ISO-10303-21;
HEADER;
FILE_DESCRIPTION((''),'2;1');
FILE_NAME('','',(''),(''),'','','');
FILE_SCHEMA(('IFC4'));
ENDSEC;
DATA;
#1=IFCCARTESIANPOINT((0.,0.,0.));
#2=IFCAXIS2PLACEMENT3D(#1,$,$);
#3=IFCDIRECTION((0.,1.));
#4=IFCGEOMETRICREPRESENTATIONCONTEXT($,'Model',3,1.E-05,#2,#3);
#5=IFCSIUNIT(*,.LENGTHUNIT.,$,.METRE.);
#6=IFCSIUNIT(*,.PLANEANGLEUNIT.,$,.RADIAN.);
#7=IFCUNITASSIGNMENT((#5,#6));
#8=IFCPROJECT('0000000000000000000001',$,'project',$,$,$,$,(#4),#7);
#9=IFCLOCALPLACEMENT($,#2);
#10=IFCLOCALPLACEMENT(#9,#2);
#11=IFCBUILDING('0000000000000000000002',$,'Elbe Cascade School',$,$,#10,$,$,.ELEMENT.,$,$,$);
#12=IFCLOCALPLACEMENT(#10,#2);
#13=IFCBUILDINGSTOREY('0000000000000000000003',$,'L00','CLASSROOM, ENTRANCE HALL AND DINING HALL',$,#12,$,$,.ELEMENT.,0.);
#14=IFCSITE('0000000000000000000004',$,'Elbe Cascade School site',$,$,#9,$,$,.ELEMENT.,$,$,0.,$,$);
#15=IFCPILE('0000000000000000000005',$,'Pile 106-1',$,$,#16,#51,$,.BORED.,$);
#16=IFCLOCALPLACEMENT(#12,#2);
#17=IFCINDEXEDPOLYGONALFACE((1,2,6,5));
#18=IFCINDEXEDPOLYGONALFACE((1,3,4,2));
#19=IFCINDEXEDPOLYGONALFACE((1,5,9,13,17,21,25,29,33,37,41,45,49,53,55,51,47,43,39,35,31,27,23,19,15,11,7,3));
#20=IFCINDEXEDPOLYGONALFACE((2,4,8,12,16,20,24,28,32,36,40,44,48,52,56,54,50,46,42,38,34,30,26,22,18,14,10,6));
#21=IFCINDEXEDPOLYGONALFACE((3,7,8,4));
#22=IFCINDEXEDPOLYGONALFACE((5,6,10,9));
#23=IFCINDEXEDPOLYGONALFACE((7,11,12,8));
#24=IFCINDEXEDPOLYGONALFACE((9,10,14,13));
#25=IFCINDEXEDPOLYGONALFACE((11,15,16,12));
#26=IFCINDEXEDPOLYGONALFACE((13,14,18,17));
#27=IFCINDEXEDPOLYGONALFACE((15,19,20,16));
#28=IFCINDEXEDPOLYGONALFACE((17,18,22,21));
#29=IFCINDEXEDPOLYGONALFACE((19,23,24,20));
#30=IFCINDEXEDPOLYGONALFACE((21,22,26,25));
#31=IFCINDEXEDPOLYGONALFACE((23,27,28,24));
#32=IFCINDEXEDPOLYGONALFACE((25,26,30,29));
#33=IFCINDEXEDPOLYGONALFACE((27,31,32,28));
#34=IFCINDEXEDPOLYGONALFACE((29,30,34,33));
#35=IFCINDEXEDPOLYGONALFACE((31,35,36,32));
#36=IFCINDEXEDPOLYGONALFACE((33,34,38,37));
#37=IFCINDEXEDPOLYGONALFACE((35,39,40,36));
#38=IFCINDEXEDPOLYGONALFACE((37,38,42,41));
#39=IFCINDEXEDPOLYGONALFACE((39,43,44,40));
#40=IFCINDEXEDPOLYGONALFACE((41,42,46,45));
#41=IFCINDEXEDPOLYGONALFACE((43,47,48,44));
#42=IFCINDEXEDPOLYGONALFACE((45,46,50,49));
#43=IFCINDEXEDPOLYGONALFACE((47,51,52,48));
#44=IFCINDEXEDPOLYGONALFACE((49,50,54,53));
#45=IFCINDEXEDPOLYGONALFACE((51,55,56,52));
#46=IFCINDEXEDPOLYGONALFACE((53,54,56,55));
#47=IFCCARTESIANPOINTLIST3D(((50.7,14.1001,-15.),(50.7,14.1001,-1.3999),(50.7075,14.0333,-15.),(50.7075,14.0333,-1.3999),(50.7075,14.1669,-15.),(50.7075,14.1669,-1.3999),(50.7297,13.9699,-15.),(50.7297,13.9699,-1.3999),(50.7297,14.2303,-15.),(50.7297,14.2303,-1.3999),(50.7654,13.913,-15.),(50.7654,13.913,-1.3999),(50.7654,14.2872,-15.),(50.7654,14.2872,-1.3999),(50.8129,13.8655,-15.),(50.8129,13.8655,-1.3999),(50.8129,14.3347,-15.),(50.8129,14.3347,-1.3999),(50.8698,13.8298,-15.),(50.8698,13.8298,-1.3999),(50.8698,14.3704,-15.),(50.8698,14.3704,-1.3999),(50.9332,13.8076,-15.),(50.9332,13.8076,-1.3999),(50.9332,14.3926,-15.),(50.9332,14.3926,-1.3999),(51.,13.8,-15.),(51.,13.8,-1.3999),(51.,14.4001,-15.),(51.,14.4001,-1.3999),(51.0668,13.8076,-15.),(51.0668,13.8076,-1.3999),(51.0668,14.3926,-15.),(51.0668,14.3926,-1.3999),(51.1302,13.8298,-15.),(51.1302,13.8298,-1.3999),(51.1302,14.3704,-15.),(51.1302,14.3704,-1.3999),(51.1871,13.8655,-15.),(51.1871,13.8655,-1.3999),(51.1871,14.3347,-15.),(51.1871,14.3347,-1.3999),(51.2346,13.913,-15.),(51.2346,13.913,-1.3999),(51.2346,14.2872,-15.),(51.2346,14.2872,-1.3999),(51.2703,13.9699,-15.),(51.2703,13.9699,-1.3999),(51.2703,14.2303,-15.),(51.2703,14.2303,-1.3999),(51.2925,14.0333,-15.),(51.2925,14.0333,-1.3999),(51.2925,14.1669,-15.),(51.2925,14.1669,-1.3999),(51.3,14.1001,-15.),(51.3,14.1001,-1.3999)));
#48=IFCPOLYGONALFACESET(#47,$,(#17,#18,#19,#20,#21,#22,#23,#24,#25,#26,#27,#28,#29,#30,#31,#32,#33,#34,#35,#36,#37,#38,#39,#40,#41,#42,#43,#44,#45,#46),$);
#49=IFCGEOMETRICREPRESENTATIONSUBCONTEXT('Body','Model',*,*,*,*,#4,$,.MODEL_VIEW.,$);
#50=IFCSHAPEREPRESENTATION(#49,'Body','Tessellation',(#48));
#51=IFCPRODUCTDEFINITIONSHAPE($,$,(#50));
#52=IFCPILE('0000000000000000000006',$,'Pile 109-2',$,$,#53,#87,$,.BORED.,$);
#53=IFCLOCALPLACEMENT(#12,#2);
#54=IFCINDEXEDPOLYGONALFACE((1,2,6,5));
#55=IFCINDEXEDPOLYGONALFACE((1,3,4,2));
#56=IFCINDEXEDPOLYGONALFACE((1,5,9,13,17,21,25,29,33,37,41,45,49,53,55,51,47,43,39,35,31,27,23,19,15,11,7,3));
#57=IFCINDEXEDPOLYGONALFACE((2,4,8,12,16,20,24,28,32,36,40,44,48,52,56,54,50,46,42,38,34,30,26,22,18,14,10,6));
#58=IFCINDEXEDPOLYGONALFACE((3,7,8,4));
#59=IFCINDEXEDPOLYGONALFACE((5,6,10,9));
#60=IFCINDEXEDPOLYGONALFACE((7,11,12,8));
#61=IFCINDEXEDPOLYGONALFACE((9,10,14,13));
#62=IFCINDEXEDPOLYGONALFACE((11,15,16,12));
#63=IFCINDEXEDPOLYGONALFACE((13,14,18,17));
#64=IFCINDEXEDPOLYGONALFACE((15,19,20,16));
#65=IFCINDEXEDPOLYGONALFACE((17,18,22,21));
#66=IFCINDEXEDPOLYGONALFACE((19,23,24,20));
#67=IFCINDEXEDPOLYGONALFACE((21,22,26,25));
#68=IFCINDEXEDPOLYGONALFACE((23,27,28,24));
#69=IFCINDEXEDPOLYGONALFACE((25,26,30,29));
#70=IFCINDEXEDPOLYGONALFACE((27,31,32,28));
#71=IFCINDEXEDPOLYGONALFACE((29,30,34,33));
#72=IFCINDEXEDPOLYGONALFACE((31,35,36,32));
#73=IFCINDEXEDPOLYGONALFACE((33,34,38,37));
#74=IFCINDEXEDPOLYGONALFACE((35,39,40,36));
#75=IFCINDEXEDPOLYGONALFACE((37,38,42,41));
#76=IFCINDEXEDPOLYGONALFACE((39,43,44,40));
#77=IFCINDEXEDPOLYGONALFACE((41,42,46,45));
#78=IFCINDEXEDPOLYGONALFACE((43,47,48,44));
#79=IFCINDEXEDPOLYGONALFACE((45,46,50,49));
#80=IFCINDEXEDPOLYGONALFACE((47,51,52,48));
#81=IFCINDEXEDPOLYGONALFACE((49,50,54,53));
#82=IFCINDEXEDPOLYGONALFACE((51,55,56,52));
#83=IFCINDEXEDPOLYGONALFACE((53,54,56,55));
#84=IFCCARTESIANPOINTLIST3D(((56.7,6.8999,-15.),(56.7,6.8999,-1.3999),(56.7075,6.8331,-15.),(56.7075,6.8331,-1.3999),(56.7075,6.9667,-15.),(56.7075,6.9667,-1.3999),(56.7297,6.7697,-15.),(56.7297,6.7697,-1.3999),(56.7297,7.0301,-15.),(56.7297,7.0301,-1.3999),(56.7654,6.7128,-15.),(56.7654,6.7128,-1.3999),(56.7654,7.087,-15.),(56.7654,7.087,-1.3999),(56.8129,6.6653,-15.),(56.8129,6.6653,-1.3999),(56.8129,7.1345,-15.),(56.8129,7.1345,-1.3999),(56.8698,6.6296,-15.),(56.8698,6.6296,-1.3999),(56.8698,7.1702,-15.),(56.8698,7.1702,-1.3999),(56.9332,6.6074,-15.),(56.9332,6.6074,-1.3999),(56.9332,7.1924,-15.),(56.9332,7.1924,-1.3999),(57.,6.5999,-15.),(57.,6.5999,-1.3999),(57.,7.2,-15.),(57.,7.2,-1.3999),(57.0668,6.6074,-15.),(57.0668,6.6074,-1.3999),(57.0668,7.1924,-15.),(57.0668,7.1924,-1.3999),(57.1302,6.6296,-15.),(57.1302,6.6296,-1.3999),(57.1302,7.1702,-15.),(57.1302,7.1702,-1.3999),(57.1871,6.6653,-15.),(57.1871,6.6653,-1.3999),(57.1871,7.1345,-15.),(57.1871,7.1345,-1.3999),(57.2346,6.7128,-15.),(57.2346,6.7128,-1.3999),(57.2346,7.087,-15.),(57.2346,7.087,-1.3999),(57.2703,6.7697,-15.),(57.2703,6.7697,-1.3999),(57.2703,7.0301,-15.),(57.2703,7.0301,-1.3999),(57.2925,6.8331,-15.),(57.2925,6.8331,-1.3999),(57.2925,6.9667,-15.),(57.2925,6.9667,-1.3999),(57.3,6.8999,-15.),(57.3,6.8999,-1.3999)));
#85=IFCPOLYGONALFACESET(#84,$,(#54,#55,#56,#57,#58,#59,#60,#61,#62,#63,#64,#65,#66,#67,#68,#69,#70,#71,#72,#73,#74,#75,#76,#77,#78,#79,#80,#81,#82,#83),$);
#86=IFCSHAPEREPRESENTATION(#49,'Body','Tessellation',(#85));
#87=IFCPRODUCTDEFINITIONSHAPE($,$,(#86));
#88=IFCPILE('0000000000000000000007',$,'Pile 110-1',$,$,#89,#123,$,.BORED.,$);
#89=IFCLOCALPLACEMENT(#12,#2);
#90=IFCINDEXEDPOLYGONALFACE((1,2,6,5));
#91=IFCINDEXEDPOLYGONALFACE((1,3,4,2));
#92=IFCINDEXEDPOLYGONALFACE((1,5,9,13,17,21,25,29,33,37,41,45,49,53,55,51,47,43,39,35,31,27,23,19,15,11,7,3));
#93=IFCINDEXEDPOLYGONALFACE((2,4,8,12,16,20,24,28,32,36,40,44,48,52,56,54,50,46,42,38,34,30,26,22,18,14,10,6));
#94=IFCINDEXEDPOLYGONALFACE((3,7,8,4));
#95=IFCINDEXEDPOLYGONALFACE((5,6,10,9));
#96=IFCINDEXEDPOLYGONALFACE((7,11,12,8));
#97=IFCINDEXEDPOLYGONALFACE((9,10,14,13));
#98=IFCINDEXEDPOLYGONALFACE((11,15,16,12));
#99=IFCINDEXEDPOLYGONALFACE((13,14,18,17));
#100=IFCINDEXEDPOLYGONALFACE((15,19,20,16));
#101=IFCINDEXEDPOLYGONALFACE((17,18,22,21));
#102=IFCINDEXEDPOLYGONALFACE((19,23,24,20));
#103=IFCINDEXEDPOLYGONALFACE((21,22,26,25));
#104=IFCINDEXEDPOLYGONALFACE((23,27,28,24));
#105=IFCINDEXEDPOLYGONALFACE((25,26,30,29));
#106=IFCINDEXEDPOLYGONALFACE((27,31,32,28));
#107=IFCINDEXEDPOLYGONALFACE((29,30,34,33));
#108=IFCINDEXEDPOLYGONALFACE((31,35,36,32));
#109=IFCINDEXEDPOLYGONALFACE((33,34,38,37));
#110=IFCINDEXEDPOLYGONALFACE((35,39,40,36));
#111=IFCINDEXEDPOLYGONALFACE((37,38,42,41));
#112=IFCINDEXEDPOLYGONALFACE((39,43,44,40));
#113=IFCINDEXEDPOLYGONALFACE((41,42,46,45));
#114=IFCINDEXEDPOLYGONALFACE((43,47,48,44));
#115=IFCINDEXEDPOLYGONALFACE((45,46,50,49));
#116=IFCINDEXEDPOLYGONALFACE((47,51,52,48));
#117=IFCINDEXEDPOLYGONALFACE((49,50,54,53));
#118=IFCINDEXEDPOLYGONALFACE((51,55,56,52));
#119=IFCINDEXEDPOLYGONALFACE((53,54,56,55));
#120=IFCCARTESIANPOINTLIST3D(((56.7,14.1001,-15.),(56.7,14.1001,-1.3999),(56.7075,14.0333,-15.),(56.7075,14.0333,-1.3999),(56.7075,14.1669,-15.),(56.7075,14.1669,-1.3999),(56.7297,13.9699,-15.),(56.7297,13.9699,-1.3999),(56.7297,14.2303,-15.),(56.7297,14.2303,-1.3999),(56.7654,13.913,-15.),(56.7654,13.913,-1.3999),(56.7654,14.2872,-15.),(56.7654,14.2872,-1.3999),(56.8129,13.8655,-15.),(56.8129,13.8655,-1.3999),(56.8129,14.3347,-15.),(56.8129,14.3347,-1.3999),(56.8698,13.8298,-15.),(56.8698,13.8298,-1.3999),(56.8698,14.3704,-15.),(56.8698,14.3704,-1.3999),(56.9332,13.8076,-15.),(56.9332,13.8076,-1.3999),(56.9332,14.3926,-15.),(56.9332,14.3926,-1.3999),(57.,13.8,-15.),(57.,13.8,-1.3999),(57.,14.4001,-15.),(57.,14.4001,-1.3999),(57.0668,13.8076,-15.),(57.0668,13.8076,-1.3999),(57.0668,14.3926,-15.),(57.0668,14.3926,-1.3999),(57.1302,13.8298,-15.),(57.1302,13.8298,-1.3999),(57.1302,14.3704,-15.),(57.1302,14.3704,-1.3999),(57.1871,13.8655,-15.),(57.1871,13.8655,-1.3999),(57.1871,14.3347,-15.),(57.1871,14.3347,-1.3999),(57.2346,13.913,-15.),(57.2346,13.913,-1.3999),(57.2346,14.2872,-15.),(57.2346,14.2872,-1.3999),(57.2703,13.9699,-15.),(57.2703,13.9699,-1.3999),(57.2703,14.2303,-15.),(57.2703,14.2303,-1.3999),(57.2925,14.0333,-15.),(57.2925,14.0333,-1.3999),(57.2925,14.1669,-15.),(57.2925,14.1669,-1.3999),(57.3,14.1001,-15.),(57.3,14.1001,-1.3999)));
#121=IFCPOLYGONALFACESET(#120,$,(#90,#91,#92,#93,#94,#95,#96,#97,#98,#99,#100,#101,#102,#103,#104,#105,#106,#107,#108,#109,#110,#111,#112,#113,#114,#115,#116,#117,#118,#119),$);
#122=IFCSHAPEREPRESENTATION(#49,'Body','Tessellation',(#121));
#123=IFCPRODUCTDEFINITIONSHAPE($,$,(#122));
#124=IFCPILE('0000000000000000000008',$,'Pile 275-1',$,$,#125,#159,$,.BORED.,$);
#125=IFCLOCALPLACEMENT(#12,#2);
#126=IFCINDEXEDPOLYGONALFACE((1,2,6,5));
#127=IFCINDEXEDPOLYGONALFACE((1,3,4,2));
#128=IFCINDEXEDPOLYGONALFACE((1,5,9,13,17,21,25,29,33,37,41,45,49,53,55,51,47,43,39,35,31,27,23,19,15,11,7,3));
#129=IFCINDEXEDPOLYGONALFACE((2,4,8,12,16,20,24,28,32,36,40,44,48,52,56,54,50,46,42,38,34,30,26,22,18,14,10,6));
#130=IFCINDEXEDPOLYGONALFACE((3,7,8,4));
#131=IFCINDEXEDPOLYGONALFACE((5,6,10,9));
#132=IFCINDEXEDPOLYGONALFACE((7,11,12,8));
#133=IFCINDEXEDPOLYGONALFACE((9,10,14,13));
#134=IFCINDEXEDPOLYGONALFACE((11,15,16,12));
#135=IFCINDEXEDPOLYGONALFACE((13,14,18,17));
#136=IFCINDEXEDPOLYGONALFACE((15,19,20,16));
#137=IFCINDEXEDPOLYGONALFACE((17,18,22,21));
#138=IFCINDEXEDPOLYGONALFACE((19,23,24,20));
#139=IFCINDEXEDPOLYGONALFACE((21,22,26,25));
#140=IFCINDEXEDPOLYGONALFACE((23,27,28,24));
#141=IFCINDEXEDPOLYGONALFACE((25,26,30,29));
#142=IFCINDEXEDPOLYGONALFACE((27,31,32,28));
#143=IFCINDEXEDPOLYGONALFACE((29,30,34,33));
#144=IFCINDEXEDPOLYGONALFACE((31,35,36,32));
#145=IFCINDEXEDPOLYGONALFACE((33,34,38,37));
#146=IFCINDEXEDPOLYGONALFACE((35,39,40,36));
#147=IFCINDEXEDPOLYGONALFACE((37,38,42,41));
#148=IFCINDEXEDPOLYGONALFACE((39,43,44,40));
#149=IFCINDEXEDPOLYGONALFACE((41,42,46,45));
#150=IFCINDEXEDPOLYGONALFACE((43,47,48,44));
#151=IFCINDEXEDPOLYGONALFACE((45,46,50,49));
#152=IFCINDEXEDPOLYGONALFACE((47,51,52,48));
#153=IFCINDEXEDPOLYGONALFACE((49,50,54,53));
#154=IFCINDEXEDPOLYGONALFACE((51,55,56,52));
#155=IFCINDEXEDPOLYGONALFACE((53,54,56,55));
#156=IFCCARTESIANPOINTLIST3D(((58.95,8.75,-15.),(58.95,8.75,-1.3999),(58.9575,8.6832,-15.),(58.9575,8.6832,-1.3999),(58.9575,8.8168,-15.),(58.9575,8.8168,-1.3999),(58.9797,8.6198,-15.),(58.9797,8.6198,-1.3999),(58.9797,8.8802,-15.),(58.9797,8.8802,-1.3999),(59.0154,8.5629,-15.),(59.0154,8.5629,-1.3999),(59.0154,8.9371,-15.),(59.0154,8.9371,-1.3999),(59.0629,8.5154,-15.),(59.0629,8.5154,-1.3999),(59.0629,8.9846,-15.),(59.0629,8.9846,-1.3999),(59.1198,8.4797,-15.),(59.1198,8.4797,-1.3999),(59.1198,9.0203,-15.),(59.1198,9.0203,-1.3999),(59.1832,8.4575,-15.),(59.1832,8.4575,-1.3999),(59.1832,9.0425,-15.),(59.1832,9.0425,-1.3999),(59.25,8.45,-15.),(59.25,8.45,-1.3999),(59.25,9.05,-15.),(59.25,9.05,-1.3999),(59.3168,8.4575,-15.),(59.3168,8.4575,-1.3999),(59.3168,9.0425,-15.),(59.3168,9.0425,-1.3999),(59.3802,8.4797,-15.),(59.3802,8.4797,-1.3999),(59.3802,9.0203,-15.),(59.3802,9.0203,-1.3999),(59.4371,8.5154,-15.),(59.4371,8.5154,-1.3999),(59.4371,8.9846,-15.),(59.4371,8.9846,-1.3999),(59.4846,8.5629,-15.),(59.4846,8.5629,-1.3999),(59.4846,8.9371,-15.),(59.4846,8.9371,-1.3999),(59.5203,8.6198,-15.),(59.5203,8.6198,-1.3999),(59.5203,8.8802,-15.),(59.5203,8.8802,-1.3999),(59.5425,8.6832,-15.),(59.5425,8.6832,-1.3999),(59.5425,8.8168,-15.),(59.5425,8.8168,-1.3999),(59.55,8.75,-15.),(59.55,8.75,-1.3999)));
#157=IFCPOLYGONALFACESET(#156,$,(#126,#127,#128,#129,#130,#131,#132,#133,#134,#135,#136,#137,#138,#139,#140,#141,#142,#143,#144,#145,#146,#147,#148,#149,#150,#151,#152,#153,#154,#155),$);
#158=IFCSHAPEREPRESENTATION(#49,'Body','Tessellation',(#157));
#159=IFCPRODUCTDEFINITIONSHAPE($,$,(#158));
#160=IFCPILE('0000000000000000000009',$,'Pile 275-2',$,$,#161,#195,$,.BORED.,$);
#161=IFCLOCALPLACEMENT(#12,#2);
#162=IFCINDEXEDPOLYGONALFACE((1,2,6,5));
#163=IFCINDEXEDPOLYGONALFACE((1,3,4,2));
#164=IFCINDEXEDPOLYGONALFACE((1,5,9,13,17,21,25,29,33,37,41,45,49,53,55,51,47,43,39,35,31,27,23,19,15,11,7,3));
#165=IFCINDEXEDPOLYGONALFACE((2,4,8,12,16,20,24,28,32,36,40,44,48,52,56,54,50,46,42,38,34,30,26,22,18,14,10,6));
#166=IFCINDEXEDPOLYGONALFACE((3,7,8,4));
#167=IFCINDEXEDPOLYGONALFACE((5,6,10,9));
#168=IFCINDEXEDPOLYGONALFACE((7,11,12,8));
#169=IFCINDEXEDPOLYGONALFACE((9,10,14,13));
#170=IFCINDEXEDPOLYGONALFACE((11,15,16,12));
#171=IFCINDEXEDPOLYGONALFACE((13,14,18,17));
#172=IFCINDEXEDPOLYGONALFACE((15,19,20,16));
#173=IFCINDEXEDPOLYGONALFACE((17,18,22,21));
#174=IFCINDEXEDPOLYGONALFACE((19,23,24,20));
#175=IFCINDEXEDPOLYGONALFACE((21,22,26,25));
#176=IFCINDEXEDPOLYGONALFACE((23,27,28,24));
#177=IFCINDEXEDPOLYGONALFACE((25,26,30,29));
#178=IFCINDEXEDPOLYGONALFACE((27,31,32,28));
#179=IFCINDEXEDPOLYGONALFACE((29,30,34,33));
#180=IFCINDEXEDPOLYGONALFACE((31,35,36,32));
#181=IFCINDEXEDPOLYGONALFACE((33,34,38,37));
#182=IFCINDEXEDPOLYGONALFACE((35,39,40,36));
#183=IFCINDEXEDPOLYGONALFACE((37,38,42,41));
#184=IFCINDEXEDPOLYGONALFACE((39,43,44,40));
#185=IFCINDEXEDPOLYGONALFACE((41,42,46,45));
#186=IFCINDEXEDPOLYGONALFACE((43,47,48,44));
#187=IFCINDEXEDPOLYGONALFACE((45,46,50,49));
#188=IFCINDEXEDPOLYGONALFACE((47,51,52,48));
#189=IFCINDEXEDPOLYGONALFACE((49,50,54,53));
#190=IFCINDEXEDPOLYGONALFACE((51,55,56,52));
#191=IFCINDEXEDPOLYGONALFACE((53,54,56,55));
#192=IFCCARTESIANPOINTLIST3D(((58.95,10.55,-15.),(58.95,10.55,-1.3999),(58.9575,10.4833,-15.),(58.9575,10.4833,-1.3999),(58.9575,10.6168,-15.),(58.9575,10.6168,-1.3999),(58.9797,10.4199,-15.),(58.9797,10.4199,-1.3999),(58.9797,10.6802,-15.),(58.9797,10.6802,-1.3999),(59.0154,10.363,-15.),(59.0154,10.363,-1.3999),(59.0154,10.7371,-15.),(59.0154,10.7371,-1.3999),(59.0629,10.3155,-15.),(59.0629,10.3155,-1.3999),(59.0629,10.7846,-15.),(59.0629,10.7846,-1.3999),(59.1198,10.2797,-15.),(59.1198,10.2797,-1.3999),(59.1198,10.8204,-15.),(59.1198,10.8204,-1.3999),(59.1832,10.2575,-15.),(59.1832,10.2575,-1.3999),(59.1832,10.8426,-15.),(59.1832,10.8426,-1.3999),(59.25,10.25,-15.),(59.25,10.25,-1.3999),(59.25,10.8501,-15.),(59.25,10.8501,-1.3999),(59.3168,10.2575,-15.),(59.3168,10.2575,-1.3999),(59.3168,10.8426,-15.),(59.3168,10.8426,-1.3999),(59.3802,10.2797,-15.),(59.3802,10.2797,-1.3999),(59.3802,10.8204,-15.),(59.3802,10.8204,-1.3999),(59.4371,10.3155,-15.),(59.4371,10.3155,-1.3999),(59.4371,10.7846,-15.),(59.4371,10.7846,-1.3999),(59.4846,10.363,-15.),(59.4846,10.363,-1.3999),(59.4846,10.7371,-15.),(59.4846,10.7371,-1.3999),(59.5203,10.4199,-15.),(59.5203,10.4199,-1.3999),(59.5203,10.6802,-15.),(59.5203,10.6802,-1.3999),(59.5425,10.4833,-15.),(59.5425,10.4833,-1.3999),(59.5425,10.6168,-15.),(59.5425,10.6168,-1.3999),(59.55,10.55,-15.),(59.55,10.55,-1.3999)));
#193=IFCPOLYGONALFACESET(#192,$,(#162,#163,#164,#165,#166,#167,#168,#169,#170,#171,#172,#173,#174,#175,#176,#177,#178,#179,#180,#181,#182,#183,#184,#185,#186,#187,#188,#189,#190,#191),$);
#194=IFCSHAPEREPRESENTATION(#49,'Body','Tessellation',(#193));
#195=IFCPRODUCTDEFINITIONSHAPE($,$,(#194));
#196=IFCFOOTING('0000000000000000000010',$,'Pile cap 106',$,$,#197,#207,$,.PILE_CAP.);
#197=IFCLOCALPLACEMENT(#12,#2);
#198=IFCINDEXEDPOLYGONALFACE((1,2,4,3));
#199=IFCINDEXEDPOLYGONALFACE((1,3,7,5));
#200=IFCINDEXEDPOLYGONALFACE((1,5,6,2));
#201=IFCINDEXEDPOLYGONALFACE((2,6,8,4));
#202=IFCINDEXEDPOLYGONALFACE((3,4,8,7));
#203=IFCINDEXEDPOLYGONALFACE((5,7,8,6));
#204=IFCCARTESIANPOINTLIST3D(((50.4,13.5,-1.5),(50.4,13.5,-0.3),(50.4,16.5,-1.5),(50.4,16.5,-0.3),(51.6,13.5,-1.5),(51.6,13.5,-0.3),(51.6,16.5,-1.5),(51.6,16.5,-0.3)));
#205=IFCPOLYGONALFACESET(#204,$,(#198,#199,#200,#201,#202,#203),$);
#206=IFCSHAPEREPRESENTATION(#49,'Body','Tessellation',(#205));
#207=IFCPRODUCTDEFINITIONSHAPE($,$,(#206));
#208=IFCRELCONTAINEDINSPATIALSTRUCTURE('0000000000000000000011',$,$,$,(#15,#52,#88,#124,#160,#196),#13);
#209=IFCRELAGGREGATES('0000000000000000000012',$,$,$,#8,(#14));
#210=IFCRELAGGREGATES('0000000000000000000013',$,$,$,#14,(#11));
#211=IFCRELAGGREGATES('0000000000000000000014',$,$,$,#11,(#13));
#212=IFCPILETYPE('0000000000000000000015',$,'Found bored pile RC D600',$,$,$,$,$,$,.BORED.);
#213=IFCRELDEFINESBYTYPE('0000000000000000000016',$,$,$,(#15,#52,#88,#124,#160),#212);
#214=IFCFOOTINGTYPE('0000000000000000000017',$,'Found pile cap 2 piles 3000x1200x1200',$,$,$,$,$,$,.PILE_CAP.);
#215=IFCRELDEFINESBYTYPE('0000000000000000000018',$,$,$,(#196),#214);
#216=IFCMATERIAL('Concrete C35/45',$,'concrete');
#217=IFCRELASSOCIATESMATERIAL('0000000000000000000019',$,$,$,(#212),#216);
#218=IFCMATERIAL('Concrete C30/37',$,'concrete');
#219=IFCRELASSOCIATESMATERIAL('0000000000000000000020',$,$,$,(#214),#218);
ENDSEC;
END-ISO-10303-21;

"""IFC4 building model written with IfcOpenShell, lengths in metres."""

from ifc_helpers import new_model, si_unit, direction, frame, origin, origin_2d, place, context, subcontext, project, spatial, rectangle, circle, extrude, material, material_profile, profile_set, type_object, element, save


model = new_model("IFC4")

# Units and contexts
model_context = context("Model", 3, precision=1e-05, world=origin(), true_north=direction((0.0, 1.0)))
body_context = subcontext(model_context, "Body", "Model", "MODEL_VIEW")
ifc_project = project(units=[si_unit("LENGTHUNIT", "METRE"), si_unit("PLANEANGLEUNIT", "RADIAN")], contexts=[model_context])

# Site, building, storey
site_placement = place(None, origin())
site = spatial("IfcSite", under=ifc_project, at=site_placement, Name="Elbe Cascade School site", CompositionType="ELEMENT", RefElevation=0.0)
building_placement = place(site_placement, origin())
building = spatial("IfcBuilding", under=site, at=building_placement, Name="Elbe Cascade School", CompositionType="ELEMENT")
storey_placement = place(building_placement, origin())
storey = spatial("IfcBuildingStorey", under=building, at=storey_placement, Name="L00", Description="CLASSROOM, ENTRANCE HALL AND DINING HALL", CompositionType="ELEMENT", Elevation=0.0)

# Piles
ifc_material_1 = material(Name="Concrete C35/45", Category="concrete")
ifc_material_profile_1 = material_profile(ifc_material_1, circle(Radius=0.3, at=origin_2d()), Name="RC D600")
ifc_profile_set_1 = profile_set([ifc_material_profile_1], Name="Concrete C35/45")
pile_type = type_object("IfcPileType", Name="Found bored pile RC D600", PredefinedType="BORED", material=ifc_profile_set_1)
for number, where, z_axis, x_axis, name in (
    (1, (51.0, 14.1001, -1.3999), (0.0, 0.0, -1.0), (1.0, 0.0, 0.0), "Pile 106-1"),
    (2, (57.0, 6.8999, -1.3999), (0.0, 0.0, -1.0), (1.0, 0.0, 0.0), "Pile 109-2"),
    (3, (57.0, 14.1001, -1.3999), (0.0, 0.0, -1.0), (1.0, 0.0, 0.0), "Pile 110-1"),
    (4, (59.25, 8.75, -1.3999), (0.0, 0.0, -1.0), (1.0, 0.0, 0.0), "Pile 275-1"),
    (5, (59.25, 10.55, -1.3999), (0.0, 0.0, -1.0), (1.0, 0.0, 0.0), "Pile 275-2"),
):
    element("IfcPile", number, at=place(storey_placement, frame(where, z_axis=z_axis, x_axis=x_axis)), inside=storey, type_object=pile_type, Name=name, PredefinedType="BORED", context=body_context, shape_type="SweptSolid", body=[
        extrude(circle(Radius=0.3, at=origin_2d()), origin(), (0.0, 0.0, 1.0), 13.6001),
    ])

# Footing
ifc_material_2 = material(Name="Concrete C30/37", Category="concrete")
footing_type = type_object("IfcFootingType", Name="Found pile cap 2 piles 3000x1200x1200", PredefinedType="PILE_CAP", material=ifc_material_2)
for number, where, z_axis, x_axis, name in (
    (6, (51.0, 15.0, -1.5), (0.0, 0.0, 1.0), (1.0, 0.0, 0.0), "Pile cap 106"),
):
    element("IfcFooting", number, at=place(storey_placement, frame(where, z_axis=z_axis, x_axis=x_axis)), inside=storey, type_object=footing_type, Name=name, PredefinedType="PILE_CAP", context=body_context, shape_type="SweptSolid", body=[
        extrude(rectangle(XDim=1.2, YDim=3.0, at=origin_2d()), origin(), (0.0, 0.0, 1.0), 1.2),
    ])

save(model, "model.ifc")
